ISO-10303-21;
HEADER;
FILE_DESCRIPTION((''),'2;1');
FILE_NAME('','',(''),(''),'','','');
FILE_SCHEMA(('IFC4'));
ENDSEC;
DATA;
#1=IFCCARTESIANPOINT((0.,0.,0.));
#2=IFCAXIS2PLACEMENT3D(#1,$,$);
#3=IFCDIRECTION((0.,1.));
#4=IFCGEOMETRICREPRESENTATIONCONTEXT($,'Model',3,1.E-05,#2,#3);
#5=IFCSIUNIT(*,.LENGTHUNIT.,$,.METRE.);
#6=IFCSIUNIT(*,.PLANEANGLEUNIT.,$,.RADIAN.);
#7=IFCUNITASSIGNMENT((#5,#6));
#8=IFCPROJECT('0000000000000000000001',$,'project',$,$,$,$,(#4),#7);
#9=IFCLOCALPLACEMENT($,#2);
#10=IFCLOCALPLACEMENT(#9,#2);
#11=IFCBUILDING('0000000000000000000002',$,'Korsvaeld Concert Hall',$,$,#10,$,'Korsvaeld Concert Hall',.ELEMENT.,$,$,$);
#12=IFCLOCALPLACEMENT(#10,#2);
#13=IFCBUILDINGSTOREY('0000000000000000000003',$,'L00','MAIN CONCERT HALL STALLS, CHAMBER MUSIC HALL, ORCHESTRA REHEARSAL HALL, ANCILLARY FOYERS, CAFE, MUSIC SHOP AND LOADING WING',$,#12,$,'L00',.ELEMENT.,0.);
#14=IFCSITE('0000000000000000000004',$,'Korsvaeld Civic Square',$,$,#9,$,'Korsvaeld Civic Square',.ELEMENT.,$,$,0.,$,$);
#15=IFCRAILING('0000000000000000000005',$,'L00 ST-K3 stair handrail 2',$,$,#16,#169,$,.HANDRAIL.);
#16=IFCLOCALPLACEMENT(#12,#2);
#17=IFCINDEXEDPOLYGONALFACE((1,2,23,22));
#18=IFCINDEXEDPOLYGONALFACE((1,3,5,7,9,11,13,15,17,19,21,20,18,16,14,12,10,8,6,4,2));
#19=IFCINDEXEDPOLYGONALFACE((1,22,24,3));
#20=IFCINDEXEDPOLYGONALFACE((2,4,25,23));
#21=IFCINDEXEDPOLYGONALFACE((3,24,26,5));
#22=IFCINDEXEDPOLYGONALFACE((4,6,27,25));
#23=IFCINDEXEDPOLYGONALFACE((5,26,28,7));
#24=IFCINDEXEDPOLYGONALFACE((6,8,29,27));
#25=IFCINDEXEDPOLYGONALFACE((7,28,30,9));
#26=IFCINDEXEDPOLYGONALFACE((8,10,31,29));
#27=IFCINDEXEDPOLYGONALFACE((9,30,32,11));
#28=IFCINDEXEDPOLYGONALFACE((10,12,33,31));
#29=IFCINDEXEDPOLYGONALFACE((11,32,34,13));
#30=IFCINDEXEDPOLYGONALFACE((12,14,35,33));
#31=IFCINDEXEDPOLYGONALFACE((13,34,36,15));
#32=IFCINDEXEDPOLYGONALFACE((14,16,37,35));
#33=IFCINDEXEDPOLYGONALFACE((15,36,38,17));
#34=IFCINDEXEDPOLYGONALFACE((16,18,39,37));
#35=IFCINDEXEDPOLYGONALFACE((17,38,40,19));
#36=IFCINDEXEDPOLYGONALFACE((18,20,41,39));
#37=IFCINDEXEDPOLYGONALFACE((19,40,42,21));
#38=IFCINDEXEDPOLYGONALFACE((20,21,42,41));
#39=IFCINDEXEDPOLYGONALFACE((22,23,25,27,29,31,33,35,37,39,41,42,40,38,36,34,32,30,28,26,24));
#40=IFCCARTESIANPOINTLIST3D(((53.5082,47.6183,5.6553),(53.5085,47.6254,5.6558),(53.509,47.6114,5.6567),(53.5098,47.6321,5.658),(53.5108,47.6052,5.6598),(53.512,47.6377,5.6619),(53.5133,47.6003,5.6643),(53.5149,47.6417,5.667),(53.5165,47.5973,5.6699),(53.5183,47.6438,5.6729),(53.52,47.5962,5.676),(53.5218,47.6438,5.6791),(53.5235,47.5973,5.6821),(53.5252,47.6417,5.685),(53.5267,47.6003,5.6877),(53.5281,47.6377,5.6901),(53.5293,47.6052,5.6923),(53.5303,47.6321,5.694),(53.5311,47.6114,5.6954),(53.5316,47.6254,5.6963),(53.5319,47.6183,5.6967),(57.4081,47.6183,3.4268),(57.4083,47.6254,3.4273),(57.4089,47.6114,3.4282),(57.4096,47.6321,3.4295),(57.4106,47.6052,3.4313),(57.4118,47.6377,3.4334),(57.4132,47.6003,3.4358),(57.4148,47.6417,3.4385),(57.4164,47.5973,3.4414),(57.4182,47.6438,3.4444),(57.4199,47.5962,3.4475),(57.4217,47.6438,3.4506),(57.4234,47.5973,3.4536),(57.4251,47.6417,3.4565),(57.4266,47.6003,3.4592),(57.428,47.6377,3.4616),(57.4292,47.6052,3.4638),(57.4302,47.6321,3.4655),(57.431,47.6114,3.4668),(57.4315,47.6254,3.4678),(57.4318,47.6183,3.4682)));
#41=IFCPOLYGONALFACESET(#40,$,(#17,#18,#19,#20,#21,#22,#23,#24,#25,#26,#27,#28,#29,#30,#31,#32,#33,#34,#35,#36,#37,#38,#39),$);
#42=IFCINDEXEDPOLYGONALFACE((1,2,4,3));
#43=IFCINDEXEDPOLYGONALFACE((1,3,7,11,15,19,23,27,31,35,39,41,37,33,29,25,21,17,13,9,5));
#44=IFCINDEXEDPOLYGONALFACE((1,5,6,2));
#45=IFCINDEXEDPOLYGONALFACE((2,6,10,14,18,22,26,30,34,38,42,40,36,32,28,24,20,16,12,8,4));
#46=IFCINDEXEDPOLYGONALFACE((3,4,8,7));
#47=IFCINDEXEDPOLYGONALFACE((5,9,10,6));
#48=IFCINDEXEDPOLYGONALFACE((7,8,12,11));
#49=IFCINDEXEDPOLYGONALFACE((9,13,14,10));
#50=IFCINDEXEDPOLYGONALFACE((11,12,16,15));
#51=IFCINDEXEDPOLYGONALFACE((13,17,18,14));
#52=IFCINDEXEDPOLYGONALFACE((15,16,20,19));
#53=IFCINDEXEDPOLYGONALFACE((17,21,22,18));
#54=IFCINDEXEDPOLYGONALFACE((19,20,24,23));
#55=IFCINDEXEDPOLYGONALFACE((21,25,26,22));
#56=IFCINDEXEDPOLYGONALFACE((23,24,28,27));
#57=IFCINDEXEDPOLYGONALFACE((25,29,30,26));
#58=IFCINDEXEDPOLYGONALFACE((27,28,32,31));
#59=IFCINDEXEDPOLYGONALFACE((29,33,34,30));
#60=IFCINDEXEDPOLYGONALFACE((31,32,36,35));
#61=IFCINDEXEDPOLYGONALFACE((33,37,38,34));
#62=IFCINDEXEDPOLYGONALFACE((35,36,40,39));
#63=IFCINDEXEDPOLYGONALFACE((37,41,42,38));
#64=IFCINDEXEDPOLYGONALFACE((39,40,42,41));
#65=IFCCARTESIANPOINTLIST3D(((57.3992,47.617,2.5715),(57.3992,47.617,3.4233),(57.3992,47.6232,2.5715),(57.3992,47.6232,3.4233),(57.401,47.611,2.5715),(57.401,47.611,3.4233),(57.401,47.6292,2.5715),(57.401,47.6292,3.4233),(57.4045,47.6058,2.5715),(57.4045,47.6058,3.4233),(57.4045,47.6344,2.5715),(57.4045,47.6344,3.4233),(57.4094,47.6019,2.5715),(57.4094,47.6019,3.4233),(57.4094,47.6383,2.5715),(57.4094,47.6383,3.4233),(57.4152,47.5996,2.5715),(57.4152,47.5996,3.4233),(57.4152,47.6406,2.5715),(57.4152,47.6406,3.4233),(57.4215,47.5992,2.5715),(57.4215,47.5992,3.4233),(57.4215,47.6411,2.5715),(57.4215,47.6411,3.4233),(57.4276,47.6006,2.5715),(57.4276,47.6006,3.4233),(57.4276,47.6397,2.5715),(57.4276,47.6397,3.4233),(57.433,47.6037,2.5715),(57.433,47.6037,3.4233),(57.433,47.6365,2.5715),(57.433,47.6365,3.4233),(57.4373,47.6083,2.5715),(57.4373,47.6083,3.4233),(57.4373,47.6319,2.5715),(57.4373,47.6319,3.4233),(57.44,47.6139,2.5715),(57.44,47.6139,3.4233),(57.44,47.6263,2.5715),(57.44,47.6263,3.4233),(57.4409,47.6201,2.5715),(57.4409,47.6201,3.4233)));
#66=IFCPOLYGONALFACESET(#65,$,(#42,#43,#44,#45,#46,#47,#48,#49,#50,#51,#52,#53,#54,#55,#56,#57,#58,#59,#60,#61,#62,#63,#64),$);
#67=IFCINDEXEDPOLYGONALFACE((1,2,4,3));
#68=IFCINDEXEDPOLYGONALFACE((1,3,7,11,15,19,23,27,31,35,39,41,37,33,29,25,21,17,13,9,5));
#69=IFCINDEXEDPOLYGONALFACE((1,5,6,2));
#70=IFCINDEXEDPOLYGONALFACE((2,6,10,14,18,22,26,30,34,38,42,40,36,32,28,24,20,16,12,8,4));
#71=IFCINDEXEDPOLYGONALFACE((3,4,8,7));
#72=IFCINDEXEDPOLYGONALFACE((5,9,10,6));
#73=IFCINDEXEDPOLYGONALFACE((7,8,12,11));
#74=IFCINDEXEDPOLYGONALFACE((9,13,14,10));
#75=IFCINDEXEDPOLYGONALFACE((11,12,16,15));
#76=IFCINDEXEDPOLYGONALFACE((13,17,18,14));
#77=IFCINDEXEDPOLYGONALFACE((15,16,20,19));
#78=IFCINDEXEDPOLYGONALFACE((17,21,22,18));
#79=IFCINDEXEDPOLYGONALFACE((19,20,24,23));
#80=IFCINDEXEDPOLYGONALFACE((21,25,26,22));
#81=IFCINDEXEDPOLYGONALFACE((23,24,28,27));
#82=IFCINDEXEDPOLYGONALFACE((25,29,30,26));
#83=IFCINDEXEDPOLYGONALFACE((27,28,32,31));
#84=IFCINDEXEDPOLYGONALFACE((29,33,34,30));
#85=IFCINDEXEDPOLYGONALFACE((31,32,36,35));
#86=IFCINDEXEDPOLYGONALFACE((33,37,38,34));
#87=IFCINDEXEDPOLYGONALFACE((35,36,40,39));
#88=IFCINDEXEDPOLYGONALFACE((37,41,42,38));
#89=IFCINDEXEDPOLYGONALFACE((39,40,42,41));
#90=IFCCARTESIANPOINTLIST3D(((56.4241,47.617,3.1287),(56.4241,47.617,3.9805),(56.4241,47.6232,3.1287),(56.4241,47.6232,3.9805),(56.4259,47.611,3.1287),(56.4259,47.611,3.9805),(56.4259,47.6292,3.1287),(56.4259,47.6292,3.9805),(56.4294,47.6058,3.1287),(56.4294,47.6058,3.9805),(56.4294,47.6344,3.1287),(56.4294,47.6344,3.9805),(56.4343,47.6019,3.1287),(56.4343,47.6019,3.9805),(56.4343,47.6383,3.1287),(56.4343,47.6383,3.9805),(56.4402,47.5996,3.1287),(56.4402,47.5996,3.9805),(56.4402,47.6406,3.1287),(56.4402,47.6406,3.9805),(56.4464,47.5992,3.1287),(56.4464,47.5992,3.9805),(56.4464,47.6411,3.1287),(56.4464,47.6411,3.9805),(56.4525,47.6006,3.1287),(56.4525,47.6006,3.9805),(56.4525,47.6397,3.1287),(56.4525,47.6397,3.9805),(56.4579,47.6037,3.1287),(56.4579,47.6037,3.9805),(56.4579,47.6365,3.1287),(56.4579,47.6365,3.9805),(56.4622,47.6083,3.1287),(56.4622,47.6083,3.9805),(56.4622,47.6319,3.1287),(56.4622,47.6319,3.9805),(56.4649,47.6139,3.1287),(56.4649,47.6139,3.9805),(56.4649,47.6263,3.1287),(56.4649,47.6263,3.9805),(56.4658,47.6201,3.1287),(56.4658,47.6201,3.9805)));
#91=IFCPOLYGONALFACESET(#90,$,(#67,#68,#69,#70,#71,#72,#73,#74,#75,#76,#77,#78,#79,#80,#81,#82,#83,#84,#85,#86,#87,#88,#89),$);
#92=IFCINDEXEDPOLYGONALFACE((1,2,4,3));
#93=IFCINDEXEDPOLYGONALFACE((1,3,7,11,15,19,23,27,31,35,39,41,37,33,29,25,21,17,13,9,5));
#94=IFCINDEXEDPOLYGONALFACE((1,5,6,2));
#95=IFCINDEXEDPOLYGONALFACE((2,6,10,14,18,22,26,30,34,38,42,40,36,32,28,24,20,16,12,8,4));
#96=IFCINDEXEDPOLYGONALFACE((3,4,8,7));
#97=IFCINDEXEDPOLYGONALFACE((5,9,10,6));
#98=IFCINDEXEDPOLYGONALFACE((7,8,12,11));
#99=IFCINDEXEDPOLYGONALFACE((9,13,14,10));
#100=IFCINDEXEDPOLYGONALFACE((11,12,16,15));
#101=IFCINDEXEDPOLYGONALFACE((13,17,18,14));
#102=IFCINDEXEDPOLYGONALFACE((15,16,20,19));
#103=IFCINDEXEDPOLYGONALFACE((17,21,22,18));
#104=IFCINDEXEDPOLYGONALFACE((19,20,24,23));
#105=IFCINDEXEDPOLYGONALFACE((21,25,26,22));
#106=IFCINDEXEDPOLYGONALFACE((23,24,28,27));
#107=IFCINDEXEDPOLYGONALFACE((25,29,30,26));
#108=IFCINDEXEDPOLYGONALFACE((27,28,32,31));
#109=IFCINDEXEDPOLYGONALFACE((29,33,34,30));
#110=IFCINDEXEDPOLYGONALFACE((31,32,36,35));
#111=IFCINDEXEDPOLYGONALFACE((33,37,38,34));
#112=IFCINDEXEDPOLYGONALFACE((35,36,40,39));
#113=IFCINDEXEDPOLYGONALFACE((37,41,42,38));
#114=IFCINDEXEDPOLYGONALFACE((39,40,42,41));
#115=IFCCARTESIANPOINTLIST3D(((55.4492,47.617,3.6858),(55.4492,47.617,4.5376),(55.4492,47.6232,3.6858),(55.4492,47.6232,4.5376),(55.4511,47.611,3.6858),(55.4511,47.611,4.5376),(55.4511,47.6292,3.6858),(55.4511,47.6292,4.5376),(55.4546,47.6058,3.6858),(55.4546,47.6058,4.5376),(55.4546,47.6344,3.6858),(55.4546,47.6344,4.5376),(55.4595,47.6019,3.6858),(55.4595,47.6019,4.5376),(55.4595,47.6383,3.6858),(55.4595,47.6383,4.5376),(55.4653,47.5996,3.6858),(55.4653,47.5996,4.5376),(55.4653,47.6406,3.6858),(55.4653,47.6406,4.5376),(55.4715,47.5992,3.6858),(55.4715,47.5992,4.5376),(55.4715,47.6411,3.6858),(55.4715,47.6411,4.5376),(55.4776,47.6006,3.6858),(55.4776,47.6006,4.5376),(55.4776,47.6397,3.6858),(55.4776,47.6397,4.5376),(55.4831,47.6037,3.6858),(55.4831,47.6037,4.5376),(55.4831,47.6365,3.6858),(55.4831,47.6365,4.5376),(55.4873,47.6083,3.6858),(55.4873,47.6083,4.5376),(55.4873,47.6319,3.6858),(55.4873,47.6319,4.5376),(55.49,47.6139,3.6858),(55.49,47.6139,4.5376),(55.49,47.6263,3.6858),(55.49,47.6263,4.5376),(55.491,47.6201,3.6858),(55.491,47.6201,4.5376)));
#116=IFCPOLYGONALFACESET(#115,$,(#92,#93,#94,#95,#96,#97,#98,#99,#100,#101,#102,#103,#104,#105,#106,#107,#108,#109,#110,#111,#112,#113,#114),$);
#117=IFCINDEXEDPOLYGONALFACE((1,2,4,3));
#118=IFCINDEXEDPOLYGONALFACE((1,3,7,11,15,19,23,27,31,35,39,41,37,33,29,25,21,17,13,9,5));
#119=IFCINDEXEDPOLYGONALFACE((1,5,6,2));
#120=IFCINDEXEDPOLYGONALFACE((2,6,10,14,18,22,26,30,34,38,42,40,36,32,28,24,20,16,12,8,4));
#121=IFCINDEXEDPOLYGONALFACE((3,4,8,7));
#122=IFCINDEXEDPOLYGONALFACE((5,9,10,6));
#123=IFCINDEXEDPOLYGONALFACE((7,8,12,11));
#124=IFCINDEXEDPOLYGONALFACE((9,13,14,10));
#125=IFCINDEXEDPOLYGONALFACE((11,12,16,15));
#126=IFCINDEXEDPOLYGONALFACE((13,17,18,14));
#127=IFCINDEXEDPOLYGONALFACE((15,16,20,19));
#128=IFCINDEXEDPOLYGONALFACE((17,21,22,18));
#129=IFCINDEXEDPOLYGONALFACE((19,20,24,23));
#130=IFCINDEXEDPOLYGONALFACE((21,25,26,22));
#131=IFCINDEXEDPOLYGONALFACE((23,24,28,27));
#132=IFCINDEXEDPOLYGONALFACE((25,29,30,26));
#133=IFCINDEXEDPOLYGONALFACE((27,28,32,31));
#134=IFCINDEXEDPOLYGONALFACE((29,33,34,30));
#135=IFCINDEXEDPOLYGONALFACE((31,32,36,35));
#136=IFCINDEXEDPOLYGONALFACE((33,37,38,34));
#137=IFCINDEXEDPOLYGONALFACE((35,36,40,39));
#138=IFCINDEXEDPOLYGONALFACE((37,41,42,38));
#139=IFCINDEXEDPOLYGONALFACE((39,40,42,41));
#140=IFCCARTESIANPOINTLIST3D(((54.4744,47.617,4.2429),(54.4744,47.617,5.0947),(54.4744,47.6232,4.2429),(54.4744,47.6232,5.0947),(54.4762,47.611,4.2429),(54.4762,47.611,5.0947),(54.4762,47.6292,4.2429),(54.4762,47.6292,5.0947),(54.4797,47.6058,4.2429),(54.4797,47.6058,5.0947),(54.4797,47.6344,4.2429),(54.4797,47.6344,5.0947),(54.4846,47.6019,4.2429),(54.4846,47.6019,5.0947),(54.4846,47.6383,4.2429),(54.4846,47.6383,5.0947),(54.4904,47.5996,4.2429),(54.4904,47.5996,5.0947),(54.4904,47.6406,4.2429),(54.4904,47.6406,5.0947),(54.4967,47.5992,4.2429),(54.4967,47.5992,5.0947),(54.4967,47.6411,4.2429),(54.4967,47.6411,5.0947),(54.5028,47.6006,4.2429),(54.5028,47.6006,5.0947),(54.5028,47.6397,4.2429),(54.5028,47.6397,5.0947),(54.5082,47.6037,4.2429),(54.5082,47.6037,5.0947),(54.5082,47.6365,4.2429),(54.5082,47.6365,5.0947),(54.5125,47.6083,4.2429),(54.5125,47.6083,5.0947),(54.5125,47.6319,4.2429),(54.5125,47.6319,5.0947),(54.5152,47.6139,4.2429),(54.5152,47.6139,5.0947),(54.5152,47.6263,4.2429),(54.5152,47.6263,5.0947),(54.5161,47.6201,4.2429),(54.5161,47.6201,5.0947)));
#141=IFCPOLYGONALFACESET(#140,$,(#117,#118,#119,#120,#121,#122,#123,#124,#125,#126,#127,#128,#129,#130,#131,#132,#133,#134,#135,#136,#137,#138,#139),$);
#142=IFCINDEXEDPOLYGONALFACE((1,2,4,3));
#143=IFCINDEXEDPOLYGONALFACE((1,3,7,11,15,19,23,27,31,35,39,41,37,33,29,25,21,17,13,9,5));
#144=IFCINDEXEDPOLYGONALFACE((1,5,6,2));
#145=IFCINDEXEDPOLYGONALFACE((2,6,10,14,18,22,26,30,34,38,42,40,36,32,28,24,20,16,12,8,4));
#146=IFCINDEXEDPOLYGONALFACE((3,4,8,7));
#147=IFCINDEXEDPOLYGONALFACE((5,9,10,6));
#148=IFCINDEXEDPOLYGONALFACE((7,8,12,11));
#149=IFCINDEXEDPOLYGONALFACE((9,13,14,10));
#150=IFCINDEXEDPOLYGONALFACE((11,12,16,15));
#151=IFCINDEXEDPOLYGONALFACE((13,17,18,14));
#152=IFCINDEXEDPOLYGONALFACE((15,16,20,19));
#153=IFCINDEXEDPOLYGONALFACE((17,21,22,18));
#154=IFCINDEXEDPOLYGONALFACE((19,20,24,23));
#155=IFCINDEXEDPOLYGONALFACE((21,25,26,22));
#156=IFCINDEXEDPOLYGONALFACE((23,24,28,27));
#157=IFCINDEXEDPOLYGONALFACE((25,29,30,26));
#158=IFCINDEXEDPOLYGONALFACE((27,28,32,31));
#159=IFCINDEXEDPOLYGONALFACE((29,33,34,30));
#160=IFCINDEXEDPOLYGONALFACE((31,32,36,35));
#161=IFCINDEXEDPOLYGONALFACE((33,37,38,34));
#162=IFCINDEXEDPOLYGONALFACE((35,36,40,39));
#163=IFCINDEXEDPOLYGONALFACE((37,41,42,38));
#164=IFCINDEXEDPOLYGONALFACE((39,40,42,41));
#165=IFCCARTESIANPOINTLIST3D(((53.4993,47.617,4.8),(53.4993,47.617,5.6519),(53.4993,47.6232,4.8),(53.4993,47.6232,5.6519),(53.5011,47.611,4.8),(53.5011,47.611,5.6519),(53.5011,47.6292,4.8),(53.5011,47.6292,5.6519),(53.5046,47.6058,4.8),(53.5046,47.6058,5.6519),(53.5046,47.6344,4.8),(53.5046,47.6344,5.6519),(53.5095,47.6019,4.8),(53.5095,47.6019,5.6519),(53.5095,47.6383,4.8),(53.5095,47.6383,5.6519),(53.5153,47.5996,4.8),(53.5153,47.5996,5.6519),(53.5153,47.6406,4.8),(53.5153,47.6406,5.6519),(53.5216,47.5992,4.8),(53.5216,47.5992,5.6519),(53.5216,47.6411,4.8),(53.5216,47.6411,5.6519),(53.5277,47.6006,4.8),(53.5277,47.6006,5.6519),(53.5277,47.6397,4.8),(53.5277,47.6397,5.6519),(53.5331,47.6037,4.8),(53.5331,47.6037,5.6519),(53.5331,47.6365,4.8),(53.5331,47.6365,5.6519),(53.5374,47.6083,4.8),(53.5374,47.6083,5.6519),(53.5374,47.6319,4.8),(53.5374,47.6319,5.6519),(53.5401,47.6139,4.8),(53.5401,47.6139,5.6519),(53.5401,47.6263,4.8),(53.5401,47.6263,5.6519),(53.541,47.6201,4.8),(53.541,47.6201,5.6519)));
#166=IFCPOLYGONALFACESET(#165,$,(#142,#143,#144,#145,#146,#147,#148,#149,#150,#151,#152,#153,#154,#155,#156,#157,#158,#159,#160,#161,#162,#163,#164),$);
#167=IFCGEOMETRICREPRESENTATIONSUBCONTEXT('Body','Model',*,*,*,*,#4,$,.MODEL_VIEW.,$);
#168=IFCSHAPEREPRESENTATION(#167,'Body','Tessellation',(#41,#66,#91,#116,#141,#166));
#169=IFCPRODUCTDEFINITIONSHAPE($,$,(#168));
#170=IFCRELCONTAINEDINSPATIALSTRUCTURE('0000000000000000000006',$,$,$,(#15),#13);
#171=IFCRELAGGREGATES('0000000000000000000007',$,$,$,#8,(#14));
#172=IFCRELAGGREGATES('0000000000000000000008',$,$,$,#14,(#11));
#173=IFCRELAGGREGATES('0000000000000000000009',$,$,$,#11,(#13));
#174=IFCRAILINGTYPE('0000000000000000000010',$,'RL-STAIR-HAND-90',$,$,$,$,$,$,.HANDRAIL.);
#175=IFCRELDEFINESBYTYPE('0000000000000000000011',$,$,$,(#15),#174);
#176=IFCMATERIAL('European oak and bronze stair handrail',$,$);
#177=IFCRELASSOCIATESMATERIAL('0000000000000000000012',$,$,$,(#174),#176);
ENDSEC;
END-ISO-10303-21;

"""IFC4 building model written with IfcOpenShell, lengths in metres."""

from ifc_helpers import new_model, si_unit, direction, frame, origin, origin_2d, place, context, subcontext, project, spatial, circle, extrude, material, type_object, element, save


model = new_model("IFC4")

# Units and contexts
model_context = context("Model", 3, precision=1e-05, world=origin(), true_north=direction((0.0, 1.0)))
body_context = subcontext(model_context, "Body", "Model", "MODEL_VIEW")
ifc_project = project(units=[si_unit("LENGTHUNIT", "METRE"), si_unit("PLANEANGLEUNIT", "RADIAN")], contexts=[model_context])

# Site, building, storey
site_placement = place(None, origin())
site = spatial("IfcSite", under=ifc_project, at=site_placement, Name="Korsvaeld Civic Square", LongName="Korsvaeld Civic Square", CompositionType="ELEMENT", RefElevation=0.0)
building_placement = place(site_placement, origin())
building = spatial("IfcBuilding", under=site, at=building_placement, Name="Korsvaeld Concert Hall", LongName="Korsvaeld Concert Hall", CompositionType="ELEMENT")
storey_placement = place(building_placement, origin())
storey = spatial("IfcBuildingStorey", under=building, at=storey_placement, Name="L00", Description="MAIN CONCERT HALL STALLS, CHAMBER MUSIC HALL, ORCHESTRA REHEARSAL HALL, ANCILLARY FOYERS, CAFE, MUSIC SHOP AND LOADING WING", LongName="L00", CompositionType="ELEMENT", Elevation=0.0)

# Railing
ifc_material_1 = material(Name="European oak and bronze stair handrail")
railing_type_1 = type_object("IfcRailingType", Name="RL-STAIR-HAND-90", PredefinedType="HANDRAIL", material=ifc_material_1)
railing_1_placement = place(storey_placement, frame((57.4199, 47.6201, 2.5715)))
element("IfcRailing", 1, at=railing_1_placement, inside=storey, type_object=railing_type_1, Name="L00 ST-K3 stair handrail 2", PredefinedType="HANDRAIL", context=body_context, shape_type="SweptSolid", body=[
    extrude(circle(Radius=0.0239, at=origin_2d()), frame((0.0, 0.0, 0.876), z_axis=(-0.868243, 0.0, 0.496139), x_axis=(0.0, -1.0, 0.0)), (0.0, 0.0, 1.0), 4.4917),
    extrude(circle(Radius=0.021, at=origin_2d()), origin(), (0.0, 0.0, 1.0), 0.8518),
    extrude(circle(Radius=0.021, at=origin_2d()), frame((-0.9751, 0.0, 0.5571)), (0.0, 0.0, 1.0), 0.8518),
    extrude(circle(Radius=0.021, at=origin_2d()), frame((-1.95, 0.0, 1.1143)), (0.0, 0.0, 1.0), 0.8518),
    extrude(circle(Radius=0.021, at=origin_2d()), frame((-2.9248, 0.0, 1.6714)), (0.0, 0.0, 1.0), 0.8518),
    extrude(circle(Radius=0.021, at=origin_2d()), frame((-3.8999, 0.0, 2.2285)), (0.0, 0.0, 1.0), 0.8518),
])

save(model, "model.ifc")
